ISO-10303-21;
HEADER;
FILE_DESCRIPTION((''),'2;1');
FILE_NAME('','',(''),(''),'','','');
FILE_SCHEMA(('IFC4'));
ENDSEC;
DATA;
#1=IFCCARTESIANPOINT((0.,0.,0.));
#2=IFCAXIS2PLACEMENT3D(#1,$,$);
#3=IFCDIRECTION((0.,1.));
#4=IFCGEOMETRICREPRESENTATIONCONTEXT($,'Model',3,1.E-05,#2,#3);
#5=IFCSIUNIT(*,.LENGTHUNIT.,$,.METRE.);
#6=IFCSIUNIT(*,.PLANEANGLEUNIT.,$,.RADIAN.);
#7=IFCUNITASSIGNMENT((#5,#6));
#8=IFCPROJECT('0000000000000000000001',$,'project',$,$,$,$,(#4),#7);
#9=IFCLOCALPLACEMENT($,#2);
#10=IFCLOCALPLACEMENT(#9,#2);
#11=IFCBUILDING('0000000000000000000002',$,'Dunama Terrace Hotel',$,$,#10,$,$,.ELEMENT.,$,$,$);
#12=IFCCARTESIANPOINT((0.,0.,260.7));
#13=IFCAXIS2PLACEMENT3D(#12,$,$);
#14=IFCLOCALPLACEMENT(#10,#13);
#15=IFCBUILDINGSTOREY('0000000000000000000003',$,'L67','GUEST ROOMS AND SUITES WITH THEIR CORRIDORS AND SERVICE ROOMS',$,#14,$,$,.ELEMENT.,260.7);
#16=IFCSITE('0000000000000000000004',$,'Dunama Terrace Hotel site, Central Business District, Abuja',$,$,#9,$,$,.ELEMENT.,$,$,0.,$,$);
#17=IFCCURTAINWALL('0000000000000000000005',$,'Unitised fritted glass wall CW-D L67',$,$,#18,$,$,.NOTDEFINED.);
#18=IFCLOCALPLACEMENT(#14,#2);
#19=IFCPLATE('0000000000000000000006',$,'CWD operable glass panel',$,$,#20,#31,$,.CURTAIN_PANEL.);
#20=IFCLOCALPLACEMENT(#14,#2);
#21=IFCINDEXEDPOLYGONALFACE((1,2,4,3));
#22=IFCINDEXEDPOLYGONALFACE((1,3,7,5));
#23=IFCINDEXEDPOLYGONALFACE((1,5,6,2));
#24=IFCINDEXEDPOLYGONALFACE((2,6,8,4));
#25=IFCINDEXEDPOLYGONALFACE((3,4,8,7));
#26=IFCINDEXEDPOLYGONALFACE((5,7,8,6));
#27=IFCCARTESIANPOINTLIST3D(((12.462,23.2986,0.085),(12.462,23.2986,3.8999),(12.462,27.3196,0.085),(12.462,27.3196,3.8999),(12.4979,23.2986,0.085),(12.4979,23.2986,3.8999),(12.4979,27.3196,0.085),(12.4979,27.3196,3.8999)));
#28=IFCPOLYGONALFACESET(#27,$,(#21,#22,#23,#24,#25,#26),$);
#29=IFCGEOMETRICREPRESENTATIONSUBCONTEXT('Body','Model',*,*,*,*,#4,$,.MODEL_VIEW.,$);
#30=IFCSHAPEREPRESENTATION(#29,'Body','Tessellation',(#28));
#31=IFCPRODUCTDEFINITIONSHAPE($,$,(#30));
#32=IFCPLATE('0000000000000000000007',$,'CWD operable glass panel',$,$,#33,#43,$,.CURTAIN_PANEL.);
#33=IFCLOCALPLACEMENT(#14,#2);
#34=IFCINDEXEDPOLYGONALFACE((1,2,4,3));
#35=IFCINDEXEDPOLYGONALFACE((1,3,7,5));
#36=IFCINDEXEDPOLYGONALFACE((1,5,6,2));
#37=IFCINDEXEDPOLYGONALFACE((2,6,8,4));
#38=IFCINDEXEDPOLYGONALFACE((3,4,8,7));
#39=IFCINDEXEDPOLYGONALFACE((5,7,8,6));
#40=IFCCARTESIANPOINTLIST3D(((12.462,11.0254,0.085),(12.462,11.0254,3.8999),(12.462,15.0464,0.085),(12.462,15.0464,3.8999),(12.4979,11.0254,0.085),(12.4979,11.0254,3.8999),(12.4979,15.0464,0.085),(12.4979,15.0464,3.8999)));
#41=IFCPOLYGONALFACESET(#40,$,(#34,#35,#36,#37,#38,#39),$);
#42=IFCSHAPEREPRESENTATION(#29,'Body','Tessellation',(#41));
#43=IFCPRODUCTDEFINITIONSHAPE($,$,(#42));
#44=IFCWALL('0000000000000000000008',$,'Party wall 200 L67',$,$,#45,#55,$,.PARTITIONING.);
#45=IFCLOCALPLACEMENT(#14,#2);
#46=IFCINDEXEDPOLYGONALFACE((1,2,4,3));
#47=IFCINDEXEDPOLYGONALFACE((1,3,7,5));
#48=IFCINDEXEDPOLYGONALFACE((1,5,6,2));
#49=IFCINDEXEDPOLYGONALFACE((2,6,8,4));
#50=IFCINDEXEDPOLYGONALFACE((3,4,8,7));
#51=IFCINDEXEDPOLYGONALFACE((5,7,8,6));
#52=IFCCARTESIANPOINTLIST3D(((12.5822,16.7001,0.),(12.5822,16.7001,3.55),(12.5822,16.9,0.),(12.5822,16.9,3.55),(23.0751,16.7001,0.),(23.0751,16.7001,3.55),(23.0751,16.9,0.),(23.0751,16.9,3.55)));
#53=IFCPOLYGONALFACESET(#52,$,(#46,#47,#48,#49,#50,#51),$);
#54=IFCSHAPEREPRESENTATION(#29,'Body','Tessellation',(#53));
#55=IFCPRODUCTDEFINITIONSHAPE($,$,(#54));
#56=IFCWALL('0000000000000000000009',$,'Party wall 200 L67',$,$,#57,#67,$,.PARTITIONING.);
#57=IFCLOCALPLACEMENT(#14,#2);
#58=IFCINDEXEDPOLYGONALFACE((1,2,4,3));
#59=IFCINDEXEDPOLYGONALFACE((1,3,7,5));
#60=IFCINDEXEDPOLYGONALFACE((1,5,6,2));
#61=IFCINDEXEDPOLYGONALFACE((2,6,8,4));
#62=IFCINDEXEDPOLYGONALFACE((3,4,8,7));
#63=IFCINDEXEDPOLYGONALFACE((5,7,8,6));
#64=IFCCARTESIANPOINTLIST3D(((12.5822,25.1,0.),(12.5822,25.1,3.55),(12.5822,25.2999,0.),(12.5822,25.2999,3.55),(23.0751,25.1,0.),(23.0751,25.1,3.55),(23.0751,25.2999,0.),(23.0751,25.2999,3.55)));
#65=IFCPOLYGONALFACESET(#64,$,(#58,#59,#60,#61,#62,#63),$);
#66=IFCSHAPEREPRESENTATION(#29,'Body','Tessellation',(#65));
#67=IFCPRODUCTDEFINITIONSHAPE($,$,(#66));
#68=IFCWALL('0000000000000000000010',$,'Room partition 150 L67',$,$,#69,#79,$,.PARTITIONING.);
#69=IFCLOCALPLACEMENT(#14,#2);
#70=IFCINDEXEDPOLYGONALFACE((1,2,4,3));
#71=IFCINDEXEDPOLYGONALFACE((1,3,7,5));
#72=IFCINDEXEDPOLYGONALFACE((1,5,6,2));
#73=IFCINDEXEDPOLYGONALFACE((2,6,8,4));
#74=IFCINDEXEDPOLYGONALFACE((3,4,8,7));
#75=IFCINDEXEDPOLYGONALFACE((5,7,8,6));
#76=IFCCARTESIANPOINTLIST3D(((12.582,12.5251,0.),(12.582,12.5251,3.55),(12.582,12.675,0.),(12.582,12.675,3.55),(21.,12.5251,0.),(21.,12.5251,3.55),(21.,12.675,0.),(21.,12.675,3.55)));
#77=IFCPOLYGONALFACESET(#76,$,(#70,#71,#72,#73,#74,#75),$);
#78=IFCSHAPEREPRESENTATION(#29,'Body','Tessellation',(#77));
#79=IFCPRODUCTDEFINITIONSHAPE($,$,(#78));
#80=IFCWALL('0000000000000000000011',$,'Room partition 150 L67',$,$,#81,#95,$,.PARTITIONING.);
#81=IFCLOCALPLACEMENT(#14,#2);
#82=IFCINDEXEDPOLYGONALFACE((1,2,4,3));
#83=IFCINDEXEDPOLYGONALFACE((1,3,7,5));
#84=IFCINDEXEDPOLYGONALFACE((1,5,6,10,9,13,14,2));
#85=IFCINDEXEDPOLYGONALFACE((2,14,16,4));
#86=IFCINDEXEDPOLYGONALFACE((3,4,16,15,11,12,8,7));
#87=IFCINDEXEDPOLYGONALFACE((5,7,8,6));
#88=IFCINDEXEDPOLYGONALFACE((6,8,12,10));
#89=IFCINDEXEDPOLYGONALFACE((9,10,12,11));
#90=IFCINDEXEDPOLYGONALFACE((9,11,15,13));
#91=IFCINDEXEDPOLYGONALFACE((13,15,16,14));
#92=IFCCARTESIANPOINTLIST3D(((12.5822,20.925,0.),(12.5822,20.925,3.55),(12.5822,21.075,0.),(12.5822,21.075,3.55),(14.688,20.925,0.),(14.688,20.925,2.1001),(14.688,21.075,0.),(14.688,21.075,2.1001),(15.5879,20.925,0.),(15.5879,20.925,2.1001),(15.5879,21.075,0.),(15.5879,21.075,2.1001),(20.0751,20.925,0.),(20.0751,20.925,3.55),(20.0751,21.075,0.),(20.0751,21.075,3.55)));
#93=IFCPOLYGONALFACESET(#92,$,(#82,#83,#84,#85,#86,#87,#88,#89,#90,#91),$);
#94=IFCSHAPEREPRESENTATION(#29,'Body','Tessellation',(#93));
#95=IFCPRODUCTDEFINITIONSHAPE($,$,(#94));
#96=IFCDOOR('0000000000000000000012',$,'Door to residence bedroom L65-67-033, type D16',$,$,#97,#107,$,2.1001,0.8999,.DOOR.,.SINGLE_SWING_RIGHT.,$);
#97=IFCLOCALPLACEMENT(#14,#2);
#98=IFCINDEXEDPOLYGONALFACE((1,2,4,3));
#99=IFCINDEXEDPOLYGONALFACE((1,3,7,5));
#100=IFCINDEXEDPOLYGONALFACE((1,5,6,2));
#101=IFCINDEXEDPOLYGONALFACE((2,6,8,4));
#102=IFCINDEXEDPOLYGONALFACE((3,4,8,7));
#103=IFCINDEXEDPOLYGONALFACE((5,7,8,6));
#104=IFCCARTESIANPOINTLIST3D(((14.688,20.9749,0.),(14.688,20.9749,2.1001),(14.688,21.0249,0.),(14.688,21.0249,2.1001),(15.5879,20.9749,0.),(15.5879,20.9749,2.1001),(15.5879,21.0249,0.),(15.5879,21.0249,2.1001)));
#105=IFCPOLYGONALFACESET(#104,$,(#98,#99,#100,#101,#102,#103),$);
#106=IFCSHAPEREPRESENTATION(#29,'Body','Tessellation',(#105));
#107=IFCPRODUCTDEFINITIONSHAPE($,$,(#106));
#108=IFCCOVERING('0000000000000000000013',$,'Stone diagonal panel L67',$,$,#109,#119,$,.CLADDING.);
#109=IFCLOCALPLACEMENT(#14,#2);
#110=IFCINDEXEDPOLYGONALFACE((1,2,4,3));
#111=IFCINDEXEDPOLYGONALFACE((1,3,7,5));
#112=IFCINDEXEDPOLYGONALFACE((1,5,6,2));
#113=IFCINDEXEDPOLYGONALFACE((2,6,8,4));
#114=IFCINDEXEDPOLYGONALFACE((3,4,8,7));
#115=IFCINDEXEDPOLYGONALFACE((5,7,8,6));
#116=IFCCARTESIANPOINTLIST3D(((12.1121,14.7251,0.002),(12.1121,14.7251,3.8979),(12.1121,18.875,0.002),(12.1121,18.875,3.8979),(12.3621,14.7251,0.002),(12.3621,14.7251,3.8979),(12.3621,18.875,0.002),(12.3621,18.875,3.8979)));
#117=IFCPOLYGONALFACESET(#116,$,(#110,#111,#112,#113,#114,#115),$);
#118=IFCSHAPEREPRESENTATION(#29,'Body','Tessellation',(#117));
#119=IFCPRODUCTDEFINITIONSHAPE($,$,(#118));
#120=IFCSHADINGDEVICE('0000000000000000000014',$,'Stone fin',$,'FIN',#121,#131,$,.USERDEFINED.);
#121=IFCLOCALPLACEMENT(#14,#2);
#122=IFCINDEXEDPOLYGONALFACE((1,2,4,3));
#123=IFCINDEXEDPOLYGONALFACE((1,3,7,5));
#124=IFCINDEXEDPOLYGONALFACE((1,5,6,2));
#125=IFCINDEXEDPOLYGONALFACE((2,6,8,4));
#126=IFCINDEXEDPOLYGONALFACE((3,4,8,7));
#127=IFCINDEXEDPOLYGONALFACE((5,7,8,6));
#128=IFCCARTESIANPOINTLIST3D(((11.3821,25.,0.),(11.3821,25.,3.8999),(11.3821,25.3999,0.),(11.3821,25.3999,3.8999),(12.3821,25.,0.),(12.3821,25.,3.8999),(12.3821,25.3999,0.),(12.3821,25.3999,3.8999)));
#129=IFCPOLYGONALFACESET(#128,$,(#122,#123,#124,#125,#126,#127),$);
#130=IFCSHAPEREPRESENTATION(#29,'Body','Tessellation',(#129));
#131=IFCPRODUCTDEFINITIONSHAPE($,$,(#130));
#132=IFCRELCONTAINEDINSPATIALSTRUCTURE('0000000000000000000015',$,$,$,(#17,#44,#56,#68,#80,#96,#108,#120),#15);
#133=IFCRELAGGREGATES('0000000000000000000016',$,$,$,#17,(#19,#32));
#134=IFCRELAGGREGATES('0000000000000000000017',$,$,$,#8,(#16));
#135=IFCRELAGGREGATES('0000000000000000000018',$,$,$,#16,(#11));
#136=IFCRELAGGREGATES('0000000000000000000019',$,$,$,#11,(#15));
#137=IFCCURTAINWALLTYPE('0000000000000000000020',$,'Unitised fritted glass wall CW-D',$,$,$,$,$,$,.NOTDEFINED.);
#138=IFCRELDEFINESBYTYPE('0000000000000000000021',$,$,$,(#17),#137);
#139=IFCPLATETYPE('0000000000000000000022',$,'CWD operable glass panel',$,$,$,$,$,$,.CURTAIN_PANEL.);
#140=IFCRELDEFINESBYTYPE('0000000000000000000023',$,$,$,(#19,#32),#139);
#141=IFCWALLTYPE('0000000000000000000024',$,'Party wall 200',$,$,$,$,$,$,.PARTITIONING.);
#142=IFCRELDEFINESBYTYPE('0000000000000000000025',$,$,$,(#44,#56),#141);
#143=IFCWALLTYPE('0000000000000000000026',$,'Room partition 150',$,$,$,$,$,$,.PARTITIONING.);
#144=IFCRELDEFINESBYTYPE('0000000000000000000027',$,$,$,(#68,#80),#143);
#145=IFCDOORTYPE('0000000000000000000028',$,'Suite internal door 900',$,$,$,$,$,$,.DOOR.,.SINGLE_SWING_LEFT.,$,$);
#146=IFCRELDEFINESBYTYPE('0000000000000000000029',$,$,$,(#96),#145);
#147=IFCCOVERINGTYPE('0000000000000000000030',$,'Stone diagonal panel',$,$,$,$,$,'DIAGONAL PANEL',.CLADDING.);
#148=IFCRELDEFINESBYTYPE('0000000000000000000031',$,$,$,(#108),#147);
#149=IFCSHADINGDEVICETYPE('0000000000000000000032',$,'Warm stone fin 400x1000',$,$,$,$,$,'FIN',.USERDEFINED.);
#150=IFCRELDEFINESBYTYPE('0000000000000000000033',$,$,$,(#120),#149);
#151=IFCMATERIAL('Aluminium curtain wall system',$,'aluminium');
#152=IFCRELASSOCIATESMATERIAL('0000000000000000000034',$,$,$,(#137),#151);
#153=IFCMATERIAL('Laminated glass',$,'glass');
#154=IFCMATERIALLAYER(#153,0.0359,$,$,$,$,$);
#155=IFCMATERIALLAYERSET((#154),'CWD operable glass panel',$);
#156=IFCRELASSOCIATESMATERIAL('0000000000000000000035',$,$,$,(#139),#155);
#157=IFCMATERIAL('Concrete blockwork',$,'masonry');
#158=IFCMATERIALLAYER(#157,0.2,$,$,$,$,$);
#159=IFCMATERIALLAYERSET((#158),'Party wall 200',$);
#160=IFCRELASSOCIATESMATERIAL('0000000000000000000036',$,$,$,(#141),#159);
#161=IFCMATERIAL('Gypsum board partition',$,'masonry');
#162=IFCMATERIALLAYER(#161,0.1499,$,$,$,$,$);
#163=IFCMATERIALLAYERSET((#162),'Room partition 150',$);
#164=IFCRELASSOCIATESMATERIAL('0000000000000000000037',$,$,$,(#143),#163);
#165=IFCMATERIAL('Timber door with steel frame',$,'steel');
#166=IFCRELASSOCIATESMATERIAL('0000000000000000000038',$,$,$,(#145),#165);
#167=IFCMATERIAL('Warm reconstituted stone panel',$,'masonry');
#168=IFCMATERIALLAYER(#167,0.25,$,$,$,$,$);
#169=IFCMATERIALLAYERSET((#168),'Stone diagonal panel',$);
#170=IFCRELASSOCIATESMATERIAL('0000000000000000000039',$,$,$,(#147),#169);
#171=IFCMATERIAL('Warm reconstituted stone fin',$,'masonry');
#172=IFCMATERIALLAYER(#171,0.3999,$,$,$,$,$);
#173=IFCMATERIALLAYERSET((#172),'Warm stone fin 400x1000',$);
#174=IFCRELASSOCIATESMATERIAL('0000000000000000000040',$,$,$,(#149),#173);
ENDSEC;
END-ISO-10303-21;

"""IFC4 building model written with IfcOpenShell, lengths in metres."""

from ifc_helpers import new_model, si_unit, direction, frame, frame_2d, origin, origin_2d, place, context, subcontext, project, spatial, rectangle, extrude, material, layer, layer_set, type_object, element, fill, aggregate, save


model = new_model("IFC4")

# Units and contexts
model_context = context("Model", 3, precision=1e-05, world=origin(), true_north=direction((0.0, 1.0)))
body_context = subcontext(model_context, "Body", "Model", "MODEL_VIEW")
ifc_project = project(units=[si_unit("LENGTHUNIT", "METRE"), si_unit("PLANEANGLEUNIT", "RADIAN")], contexts=[model_context])

# Site, building, storey
site_placement = place(None, origin())
site = spatial("IfcSite", under=ifc_project, at=site_placement, Name="Dunama Terrace Hotel site, Central Business District, Abuja", CompositionType="ELEMENT", RefElevation=0.0)
building_placement = place(site_placement, origin())
building = spatial("IfcBuilding", under=site, at=building_placement, Name="Dunama Terrace Hotel", CompositionType="ELEMENT")
storey_placement = place(building_placement, frame((0.0, 0.0, 260.7)))
storey = spatial("IfcBuildingStorey", under=building, at=storey_placement, Name="L67", Description="GUEST ROOMS AND SUITES WITH THEIR CORRIDORS AND SERVICE ROOMS", CompositionType="ELEMENT", Elevation=260.7)

# Curtain wall
ifc_material_1 = material(Name="Aluminium curtain wall system", Category="aluminium")
curtain_wall_type = type_object("IfcCurtainWallType", Name="Unitised fritted glass wall CW-D", PredefinedType="NOTDEFINED", material=ifc_material_1)
curtain_wall_placement = place(storey_placement, origin())
curtain_wall = element("IfcCurtainWall", 1, at=curtain_wall_placement, inside=storey, type_object=curtain_wall_type, Name="Unitised fritted glass wall CW-D L67", PredefinedType="NOTDEFINED")

# Plates
ifc_material_2 = material(Name="Laminated glass", Category="glass")
ifc_layer_1 = layer(ifc_material_2, 0.0359)
ifc_layer_set_1 = layer_set([ifc_layer_1], Name="CWD operable glass panel")
plate_type_1 = type_object("IfcPlateType", Name="CWD operable glass panel", PredefinedType="CURTAIN_PANEL", material=ifc_layer_set_1)
plate_1_placement = place(storey_placement, frame((12.48, 25.3091, 0.085), z_axis=(0.0, 0.0, 1.0), x_axis=(0.0, -1.0, 0.0)))
plate_1 = element("IfcPlate", 2, at=plate_1_placement, type_object=plate_type_1, Name="CWD operable glass panel", PredefinedType="CURTAIN_PANEL", context=body_context, shape_type="SweptSolid", body=[
    extrude(rectangle(XDim=4.021, YDim=0.0359, at=origin_2d()), origin(), (0.0, 0.0, 1.0), 3.8149),
])
plate_2_placement = place(storey_placement, frame((12.48, 13.0359, 0.085), z_axis=(0.0, 0.0, 1.0), x_axis=(0.0, -1.0, 0.0)))
plate_2 = element("IfcPlate", 3, at=plate_2_placement, type_object=plate_type_1, Name="CWD operable glass panel", PredefinedType="CURTAIN_PANEL", context=body_context, shape_type="SweptSolid", body=[
    extrude(rectangle(XDim=4.021, YDim=0.0359, at=origin_2d()), origin(), (0.0, 0.0, 1.0), 3.8149),
])
aggregate(curtain_wall, [plate_1, plate_2])

# Walls
ifc_material_3 = material(Name="Concrete blockwork", Category="masonry")
ifc_layer_2 = layer(ifc_material_3, 0.2)
ifc_layer_set_2 = layer_set([ifc_layer_2], Name="Party wall 200")
wall_type_1 = type_object("IfcWallType", Name="Party wall 200", PredefinedType="PARTITIONING", material=ifc_layer_set_2)
for number, where, z_axis, x_axis, name in (
    (4, (12.582, 16.8, 0.0), (0.0, 0.0, 1.0), (1.0, 0.0, 0.0), "Party wall 200 L67"),
    (5, (12.582, 25.2, 0.0), (0.0, 0.0, 1.0), (1.0, 0.0, 0.0), "Party wall 200 L67"),
):
    element("IfcWall", number, at=place(storey_placement, frame(where, z_axis=z_axis, x_axis=x_axis)), inside=storey, type_object=wall_type_1, Name=name, PredefinedType="PARTITIONING", context=body_context, shape_type="SweptSolid", body=[
        extrude(rectangle(XDim=10.4929, YDim=0.2, at=frame_2d((5.2466, 0.0))), origin(), (0.0, 0.0, 1.0), 3.55),
    ])
ifc_material_4 = material(Name="Gypsum board partition", Category="masonry")
ifc_layer_3 = layer(ifc_material_4, 0.1499)
ifc_layer_set_3 = layer_set([ifc_layer_3], Name="Room partition 150")
wall_type_2 = type_object("IfcWallType", Name="Room partition 150", PredefinedType="PARTITIONING", material=ifc_layer_set_3)
wall_1_placement = place(storey_placement, frame((12.582, 12.6001, 0.0), z_axis=(0.0, 0.0, 1.0), x_axis=(1.0, 0.0, 0.0)))
element("IfcWall", 6, at=wall_1_placement, inside=storey, type_object=wall_type_2, Name="Room partition 150 L67", PredefinedType="PARTITIONING", context=body_context, shape_type="SweptSolid", body=[
    extrude(rectangle(XDim=8.418, YDim=0.1499, at=frame_2d((4.209, 0.0))), origin(), (0.0, 0.0, 1.0), 3.55),
])

# Wall, opening, door
wall_2_placement = place(storey_placement, frame((12.582, 21.0, 0.0), z_axis=(0.0, 0.0, 1.0), x_axis=(1.0, 0.0, 0.0)))
wall_2 = element("IfcWall", 7, at=wall_2_placement, inside=storey, type_object=wall_type_2, Name="Room partition 150 L67", PredefinedType="PARTITIONING", context=body_context, shape_type="SweptSolid", body=[
    extrude(rectangle(XDim=7.4929, YDim=0.1499, at=frame_2d((3.7466, 0.0))), origin(), (0.0, 0.0, 1.0), 3.55),
])
opening_placement = place(wall_2_placement, frame((2.106, 0.0, 0.0)))
opening = element("IfcOpeningElement", 8, at=opening_placement, cuts=wall_2, PredefinedType="OPENING", context=body_context, shape_type="SweptSolid", body=[
    extrude(rectangle(XDim=0.8999, YDim=2.1001, at=frame_2d((0.45, 1.05))), frame((0.0, 0.085, 0.0), z_axis=(0.0, -1.0, 0.0), x_axis=(1.0, 0.0, 0.0)), (0.0, 0.0, 1.0), 0.1699),
])
ifc_material_5 = material(Name="Timber door with steel frame", Category="steel")
door_type = type_object("IfcDoorType", Name="Suite internal door 900", OperationType="SINGLE_SWING_LEFT", PredefinedType="DOOR", material=ifc_material_5)
door_placement = place(opening_placement, origin())
door = element("IfcDoor", 9, at=door_placement, inside=storey, type_object=door_type, Name="Door to residence bedroom L65-67-033, type D16", OperationType="SINGLE_SWING_RIGHT", OverallHeight=2.1001, OverallWidth=0.8999, PredefinedType="DOOR", context=body_context, shape_type="SweptSolid", body=[
    extrude(rectangle(XDim=0.8999, YDim=2.1001, at=frame_2d((0.45, 1.05))), frame((0.0, 0.0249, 0.0), z_axis=(0.0, -1.0, 0.0), x_axis=(1.0, 0.0, 0.0)), (0.0, 0.0, 1.0), 0.05),
])
fill(opening, door)

# Covering
ifc_material_6 = material(Name="Warm reconstituted stone panel", Category="masonry")
ifc_layer_4 = layer(ifc_material_6, 0.25)
ifc_layer_set_4 = layer_set([ifc_layer_4], Name="Stone diagonal panel")
covering_type = type_object("IfcCoveringType", Name="Stone diagonal panel", ElementType="DIAGONAL PANEL", PredefinedType="CLADDING", material=ifc_layer_set_4)
covering_placement = place(storey_placement, frame((12.2371, 16.8, 0.002), z_axis=(0.0, 0.0, 1.0), x_axis=(0.0, -1.0, 0.0)))
element("IfcCovering", 10, at=covering_placement, inside=storey, type_object=covering_type, Name="Stone diagonal panel L67", PredefinedType="CLADDING", context=body_context, shape_type="SweptSolid", body=[
    extrude(rectangle(XDim=4.1499, YDim=0.25, at=origin_2d()), origin(), (0.0, 0.0, 1.0), 3.896),
])

# Shading device
ifc_material_7 = material(Name="Warm reconstituted stone fin", Category="masonry")
ifc_layer_5 = layer(ifc_material_7, 0.3999)
ifc_layer_set_5 = layer_set([ifc_layer_5], Name="Warm stone fin 400x1000")
shading_device_type = type_object("IfcShadingDeviceType", Name="Warm stone fin 400x1000", ElementType="FIN", PredefinedType="USERDEFINED", material=ifc_layer_set_5)
shading_device_placement = place(storey_placement, frame((11.8821, 25.2, 0.0), z_axis=(0.0, 0.0, 1.0), x_axis=(0.0, -1.0, 0.0)))
element("IfcShadingDevice", 11, at=shading_device_placement, inside=storey, type_object=shading_device_type, Name="Stone fin", ObjectType="FIN", PredefinedType="USERDEFINED", context=body_context, shape_type="SweptSolid", body=[
    extrude(rectangle(XDim=0.3999, YDim=1.0, at=origin_2d()), origin(), (0.0, 0.0, 1.0), 3.8999),
])

save(model, "model.ifc")
